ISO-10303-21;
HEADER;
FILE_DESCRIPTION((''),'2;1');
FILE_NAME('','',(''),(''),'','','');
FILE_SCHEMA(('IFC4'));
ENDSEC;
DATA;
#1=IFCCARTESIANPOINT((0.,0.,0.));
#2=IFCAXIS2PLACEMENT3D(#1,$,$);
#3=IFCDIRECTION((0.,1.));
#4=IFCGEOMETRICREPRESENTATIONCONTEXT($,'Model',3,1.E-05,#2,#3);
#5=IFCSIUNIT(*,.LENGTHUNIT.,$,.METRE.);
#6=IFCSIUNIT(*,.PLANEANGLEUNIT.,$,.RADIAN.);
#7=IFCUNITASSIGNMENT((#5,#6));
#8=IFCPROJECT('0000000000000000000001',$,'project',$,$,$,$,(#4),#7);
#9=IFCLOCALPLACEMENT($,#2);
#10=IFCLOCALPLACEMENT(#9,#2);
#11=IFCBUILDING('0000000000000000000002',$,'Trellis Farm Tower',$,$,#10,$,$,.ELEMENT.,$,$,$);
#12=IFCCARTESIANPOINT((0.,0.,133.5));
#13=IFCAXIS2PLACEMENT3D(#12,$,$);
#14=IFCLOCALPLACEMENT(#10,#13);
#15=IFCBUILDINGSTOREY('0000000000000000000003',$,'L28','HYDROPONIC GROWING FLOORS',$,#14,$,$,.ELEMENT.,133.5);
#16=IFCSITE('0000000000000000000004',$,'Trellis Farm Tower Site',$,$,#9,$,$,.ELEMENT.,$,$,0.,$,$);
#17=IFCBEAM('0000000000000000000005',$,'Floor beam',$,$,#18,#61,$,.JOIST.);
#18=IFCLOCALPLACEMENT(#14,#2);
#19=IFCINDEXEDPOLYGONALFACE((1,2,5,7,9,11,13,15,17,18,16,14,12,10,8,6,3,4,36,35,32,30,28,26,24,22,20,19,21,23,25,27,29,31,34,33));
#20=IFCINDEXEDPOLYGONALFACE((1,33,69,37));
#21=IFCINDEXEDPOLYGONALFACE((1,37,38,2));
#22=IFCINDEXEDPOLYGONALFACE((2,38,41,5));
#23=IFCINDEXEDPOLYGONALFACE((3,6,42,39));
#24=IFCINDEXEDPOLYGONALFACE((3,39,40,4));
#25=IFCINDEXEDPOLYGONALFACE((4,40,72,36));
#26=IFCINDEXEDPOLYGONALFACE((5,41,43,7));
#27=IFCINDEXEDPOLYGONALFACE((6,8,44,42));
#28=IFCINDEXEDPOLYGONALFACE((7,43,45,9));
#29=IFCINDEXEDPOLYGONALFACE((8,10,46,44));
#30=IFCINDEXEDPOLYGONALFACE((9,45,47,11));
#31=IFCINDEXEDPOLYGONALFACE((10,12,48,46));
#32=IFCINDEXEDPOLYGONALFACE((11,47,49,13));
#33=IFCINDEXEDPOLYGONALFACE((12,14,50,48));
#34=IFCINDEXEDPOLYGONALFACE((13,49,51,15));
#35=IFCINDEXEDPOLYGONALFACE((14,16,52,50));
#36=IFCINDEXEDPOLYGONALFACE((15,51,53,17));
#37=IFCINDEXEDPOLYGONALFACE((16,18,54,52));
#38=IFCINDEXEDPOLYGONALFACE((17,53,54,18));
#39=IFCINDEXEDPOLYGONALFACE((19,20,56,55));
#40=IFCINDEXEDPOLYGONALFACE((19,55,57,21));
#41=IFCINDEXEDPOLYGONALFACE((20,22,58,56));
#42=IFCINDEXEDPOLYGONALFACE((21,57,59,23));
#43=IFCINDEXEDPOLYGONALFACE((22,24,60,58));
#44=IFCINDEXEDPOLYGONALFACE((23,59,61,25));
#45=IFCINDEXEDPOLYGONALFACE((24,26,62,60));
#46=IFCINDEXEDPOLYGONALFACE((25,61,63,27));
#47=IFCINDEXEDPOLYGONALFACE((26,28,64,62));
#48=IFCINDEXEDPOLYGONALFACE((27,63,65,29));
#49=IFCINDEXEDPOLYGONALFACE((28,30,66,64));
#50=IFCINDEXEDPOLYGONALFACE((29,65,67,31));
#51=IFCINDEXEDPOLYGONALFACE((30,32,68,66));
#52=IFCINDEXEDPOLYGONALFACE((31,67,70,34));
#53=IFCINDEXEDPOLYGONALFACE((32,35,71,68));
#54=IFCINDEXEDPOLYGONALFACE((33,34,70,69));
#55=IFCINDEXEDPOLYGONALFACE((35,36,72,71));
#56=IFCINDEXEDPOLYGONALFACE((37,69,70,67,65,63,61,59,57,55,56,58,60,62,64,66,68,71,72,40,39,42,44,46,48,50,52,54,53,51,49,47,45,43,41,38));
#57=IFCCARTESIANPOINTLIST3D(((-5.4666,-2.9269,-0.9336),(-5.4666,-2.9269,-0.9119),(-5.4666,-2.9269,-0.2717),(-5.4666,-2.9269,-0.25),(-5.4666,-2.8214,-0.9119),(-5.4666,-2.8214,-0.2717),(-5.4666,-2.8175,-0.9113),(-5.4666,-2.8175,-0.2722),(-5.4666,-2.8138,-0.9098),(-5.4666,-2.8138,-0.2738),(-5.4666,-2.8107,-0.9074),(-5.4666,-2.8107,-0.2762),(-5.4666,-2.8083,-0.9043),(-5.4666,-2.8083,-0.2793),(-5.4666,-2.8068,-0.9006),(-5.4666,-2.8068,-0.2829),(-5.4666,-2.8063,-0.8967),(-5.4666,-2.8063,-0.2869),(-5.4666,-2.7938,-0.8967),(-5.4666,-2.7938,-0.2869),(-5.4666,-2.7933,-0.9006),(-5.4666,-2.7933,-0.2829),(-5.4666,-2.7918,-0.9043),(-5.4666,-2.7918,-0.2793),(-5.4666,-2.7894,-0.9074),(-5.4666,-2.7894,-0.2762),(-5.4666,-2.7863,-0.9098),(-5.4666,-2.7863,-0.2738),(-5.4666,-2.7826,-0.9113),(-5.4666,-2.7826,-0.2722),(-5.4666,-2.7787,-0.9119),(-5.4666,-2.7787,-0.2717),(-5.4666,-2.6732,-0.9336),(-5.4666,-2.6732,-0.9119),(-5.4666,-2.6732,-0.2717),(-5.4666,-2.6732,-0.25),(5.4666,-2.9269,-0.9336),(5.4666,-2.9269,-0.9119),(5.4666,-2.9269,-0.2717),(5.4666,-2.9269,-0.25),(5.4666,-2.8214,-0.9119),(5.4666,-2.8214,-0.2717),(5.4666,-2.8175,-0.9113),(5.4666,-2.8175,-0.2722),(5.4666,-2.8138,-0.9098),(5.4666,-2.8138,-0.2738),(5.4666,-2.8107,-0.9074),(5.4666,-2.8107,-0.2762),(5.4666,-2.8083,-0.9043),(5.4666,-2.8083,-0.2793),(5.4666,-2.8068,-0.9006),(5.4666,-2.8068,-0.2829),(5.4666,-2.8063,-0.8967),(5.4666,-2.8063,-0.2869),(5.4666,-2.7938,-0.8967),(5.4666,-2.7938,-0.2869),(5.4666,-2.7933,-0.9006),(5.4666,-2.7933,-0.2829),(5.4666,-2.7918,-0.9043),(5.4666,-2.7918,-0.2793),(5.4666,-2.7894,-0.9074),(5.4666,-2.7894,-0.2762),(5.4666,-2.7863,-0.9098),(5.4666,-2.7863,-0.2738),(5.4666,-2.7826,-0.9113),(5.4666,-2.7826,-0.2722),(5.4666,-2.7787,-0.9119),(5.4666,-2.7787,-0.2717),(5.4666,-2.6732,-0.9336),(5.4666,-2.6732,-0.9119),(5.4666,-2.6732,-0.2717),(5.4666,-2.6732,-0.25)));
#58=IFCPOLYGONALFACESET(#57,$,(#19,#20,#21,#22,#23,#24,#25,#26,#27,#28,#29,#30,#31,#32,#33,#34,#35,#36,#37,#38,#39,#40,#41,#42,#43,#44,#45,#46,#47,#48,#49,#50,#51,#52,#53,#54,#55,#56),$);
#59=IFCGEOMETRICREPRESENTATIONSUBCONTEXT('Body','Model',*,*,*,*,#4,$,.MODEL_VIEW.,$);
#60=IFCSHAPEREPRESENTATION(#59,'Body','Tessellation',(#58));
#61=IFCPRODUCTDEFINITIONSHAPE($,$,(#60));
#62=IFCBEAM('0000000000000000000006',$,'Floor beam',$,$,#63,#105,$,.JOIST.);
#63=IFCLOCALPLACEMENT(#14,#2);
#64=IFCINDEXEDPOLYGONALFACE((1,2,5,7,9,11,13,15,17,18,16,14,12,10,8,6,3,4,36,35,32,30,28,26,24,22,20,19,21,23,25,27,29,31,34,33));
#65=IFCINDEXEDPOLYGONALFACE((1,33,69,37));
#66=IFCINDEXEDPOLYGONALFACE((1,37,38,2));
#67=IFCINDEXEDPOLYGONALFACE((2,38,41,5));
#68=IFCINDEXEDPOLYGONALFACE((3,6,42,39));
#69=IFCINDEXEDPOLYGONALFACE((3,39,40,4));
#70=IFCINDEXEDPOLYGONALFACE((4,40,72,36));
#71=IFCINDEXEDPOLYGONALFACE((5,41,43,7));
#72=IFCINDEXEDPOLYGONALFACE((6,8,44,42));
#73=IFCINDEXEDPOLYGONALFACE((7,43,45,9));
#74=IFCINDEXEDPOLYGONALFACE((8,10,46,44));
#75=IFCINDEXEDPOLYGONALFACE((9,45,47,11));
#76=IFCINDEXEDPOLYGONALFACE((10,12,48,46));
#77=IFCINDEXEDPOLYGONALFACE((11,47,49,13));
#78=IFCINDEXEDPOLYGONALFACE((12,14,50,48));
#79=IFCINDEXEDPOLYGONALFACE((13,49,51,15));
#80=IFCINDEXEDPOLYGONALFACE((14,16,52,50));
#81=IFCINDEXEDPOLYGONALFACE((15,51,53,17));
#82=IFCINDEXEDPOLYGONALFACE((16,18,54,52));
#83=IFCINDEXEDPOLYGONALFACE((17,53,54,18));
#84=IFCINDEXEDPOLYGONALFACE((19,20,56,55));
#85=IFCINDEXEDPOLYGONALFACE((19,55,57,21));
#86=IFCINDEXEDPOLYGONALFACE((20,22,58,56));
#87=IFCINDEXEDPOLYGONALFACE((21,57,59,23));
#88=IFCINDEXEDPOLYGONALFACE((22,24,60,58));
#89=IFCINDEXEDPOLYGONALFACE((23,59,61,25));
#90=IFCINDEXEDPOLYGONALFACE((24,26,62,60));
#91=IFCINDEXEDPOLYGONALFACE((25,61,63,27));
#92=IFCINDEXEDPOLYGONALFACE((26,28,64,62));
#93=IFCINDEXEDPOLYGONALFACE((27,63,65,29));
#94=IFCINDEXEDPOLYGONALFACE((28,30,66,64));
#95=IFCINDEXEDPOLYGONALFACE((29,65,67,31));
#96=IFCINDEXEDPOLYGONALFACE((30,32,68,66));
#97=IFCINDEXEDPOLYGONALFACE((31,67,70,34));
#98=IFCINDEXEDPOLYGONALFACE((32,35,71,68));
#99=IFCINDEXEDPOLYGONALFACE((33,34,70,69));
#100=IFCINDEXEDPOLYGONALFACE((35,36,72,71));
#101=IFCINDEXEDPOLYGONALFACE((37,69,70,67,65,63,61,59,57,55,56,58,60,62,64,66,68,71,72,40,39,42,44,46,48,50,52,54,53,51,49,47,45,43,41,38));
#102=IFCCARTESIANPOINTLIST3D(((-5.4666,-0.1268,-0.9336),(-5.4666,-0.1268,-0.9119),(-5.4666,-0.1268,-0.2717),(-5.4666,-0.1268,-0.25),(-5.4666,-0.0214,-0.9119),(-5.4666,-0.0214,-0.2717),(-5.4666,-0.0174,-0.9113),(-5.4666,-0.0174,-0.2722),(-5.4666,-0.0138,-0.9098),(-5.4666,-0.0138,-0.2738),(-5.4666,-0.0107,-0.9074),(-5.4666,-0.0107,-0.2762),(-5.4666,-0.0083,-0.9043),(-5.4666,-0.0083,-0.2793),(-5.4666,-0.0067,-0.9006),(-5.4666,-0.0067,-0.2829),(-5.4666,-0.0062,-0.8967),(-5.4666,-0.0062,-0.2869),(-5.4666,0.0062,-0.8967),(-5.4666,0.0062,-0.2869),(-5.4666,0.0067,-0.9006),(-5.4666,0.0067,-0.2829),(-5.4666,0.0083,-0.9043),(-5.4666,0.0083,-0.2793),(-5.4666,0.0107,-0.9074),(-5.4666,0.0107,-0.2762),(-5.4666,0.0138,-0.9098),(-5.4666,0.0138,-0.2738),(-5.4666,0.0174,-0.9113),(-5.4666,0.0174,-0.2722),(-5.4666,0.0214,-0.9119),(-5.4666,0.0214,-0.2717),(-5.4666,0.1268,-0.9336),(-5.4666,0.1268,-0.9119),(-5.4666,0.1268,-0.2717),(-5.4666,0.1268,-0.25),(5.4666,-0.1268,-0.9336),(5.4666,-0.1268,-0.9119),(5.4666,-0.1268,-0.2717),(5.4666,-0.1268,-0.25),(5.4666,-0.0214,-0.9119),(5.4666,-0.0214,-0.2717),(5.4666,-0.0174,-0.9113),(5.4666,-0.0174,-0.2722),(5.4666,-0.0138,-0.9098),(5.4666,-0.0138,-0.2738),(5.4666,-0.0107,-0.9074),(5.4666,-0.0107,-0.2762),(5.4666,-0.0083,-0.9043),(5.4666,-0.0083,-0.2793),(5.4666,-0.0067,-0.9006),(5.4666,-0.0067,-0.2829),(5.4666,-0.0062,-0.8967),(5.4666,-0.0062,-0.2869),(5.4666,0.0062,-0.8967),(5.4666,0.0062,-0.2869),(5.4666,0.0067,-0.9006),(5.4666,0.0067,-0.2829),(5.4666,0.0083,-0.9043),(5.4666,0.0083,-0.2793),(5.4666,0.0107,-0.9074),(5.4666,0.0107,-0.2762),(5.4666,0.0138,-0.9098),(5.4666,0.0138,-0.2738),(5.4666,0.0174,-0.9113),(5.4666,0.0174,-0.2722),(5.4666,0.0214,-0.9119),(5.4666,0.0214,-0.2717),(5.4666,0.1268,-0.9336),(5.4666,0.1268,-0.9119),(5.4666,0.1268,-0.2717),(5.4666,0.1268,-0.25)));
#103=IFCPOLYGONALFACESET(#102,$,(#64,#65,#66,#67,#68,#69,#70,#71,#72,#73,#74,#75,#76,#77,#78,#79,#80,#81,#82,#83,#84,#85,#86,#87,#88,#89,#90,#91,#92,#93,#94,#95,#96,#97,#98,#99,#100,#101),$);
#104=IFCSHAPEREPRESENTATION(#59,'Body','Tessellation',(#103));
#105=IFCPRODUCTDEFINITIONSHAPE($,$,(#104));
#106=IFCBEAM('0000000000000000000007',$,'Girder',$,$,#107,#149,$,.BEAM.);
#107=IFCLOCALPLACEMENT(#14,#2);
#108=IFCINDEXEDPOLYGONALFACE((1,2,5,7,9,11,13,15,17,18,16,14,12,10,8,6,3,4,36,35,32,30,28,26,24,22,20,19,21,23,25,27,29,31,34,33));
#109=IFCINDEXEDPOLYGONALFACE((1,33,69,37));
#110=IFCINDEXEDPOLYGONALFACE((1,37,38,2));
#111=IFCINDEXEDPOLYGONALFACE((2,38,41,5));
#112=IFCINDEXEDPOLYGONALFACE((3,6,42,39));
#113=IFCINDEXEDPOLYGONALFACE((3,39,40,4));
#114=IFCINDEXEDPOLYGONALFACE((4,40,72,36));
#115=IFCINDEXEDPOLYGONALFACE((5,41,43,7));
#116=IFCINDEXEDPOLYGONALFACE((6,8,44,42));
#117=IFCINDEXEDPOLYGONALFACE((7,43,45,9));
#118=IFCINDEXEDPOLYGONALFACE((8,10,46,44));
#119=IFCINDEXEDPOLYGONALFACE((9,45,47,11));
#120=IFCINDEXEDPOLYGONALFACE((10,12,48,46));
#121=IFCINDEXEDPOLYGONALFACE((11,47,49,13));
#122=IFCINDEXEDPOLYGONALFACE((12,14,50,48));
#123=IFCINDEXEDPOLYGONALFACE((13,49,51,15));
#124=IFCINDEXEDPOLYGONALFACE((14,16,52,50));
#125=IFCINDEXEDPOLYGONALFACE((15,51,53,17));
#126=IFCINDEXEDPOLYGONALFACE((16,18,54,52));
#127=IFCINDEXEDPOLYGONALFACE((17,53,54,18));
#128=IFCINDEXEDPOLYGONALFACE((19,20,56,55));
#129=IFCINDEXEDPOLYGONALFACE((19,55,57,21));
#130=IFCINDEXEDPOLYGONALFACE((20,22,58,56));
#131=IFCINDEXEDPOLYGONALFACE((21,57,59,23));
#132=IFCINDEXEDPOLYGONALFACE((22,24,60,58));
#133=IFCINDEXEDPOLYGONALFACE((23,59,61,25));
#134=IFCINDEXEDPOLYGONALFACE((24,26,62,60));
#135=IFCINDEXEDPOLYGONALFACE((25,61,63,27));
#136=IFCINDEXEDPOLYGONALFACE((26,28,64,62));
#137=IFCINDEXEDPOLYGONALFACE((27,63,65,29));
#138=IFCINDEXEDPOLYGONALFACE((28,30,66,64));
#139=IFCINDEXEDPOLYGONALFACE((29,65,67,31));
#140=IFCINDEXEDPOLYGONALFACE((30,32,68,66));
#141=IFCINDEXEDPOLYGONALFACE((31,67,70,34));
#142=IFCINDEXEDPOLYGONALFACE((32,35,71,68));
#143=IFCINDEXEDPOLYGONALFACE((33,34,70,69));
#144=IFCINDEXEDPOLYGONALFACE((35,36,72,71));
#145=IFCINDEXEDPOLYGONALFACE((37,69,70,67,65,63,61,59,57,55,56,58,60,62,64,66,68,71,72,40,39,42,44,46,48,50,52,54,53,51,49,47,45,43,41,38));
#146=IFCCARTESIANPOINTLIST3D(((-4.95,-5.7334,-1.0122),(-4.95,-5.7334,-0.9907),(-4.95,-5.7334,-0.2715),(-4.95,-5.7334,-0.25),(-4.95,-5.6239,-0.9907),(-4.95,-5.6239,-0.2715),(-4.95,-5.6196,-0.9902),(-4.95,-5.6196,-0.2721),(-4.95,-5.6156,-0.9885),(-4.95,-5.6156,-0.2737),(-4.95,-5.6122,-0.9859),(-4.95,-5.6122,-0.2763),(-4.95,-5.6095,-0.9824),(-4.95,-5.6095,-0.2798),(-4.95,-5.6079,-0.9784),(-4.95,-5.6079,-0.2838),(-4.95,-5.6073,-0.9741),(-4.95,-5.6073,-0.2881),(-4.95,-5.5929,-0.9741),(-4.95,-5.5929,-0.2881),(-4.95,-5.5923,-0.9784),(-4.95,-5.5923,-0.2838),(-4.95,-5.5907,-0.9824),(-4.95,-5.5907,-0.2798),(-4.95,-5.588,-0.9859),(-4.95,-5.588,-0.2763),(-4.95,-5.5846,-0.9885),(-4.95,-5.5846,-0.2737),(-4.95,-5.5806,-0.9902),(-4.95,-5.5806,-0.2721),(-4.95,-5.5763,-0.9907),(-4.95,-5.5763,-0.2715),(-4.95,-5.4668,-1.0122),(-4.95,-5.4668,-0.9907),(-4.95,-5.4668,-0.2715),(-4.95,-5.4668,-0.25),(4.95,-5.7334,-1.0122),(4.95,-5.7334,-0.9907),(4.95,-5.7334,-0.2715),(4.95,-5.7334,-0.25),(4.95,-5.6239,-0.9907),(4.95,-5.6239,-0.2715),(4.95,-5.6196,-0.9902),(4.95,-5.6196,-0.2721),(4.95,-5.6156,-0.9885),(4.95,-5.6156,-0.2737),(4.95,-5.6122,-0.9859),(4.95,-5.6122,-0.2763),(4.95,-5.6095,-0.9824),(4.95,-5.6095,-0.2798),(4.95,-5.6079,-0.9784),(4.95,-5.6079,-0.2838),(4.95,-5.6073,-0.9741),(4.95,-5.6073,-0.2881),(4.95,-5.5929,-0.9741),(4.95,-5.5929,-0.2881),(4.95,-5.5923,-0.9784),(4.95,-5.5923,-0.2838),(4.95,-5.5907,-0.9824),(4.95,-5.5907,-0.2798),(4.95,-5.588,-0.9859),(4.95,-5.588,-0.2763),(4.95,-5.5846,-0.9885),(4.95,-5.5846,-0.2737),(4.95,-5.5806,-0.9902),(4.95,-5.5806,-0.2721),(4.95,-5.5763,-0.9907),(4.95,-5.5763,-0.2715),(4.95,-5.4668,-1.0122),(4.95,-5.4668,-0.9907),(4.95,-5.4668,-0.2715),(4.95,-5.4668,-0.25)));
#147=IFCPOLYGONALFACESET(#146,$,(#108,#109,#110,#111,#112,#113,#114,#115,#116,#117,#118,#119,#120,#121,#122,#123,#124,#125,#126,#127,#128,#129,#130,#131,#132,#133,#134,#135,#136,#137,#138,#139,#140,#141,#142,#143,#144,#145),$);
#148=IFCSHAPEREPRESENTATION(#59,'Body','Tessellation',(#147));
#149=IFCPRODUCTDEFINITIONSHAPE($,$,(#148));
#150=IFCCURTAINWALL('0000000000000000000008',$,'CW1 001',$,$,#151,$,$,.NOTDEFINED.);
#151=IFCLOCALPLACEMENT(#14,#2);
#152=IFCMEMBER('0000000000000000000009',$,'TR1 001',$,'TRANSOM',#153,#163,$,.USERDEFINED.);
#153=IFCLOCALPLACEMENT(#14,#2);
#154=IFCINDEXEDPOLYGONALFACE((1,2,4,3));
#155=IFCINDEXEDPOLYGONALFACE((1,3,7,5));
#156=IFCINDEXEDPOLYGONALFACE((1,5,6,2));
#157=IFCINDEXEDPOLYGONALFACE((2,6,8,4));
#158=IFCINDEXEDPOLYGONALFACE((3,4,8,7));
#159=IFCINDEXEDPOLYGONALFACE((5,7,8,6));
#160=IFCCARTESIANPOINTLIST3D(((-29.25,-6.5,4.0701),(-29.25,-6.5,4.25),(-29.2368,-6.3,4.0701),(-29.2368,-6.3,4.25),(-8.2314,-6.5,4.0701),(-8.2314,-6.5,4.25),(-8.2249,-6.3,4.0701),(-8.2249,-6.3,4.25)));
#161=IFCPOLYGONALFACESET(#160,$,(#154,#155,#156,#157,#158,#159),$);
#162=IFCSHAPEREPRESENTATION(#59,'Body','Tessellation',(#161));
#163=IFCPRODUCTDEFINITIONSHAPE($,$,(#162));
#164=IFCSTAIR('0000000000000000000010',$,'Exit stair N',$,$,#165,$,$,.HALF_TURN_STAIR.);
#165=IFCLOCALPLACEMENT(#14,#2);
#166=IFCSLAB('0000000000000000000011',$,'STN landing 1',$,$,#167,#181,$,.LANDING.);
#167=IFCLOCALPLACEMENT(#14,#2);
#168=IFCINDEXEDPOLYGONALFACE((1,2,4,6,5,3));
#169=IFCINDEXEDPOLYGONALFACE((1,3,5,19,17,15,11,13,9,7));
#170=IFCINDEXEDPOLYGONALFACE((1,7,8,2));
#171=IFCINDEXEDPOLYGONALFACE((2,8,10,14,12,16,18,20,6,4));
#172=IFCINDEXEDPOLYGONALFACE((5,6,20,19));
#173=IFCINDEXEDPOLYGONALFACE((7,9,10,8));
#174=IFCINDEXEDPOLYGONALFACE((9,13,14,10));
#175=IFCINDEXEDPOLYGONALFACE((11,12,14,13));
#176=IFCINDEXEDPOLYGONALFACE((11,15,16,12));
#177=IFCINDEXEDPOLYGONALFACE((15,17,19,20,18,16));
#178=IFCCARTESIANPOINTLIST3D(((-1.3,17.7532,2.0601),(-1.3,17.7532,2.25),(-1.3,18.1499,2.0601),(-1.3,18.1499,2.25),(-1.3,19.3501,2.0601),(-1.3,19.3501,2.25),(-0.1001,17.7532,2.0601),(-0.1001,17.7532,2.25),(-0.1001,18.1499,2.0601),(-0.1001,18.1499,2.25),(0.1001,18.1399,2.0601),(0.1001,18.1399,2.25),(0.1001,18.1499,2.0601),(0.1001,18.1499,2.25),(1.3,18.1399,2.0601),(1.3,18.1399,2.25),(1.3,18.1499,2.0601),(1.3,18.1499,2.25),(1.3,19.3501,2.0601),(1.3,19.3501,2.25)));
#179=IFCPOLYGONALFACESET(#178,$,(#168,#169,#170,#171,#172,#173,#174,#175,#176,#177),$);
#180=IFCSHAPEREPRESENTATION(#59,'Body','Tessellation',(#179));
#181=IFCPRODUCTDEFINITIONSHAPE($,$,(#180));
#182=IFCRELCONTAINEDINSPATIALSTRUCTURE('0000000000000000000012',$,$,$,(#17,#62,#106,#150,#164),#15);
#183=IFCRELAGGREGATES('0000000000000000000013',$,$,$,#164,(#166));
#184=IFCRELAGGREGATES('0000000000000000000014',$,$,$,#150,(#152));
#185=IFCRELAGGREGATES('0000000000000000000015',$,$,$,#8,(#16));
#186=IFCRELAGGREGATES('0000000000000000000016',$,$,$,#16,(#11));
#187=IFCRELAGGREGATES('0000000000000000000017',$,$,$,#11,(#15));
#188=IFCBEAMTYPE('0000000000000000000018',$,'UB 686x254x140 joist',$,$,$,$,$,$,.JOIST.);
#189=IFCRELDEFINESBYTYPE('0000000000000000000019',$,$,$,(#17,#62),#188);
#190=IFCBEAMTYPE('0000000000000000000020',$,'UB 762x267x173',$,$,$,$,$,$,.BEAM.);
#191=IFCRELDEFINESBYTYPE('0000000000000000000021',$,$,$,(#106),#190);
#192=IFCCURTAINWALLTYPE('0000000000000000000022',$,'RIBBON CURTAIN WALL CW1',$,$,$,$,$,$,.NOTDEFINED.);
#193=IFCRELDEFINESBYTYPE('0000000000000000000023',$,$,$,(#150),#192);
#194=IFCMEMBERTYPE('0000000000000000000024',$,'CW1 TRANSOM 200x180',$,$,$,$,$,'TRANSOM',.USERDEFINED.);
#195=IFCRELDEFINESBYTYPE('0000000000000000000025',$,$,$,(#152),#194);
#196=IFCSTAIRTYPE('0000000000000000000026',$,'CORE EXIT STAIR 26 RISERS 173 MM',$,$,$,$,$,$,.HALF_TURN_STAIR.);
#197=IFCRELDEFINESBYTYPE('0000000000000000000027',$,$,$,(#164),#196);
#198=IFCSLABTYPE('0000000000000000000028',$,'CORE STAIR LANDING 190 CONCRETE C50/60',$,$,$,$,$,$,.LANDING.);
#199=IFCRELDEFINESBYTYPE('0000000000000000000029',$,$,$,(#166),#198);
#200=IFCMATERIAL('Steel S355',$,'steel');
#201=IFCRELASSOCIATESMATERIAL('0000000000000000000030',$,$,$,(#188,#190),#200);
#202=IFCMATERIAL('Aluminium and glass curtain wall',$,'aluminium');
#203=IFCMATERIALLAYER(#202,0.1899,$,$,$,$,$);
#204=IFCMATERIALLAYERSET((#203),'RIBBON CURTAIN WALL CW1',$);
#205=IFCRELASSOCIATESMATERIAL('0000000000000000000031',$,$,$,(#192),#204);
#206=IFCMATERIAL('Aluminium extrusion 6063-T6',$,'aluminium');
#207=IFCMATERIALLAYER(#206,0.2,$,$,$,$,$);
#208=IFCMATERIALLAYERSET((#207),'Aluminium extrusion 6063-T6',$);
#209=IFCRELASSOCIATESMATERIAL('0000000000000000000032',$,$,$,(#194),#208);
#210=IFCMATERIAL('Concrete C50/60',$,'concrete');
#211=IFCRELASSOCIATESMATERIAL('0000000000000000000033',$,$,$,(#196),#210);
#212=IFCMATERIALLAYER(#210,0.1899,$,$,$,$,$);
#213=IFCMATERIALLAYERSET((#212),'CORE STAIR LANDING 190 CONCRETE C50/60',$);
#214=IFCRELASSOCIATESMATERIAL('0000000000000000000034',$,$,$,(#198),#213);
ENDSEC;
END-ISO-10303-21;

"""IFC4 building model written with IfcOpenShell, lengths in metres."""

from ifc_helpers import new_model, si_unit, direction, frame, origin, origin_2d, place, context, subcontext, project, spatial, polyline, i_section, outline, extrude, source, transform, mapped, material, layer, layer_set, material_profile, profile_set, type_object, element, aggregate, save


model = new_model("IFC4")

# Units and contexts
model_context = context("Model", 3, precision=1e-05, world=origin(), true_north=direction((0.0, 1.0)))
body_context = subcontext(model_context, "Body", "Model", "MODEL_VIEW")
ifc_project = project(units=[si_unit("LENGTHUNIT", "METRE"), si_unit("PLANEANGLEUNIT", "RADIAN")], contexts=[model_context])

# Site, building, storey
site_placement = place(None, origin())
site = spatial("IfcSite", under=ifc_project, at=site_placement, Name="Trellis Farm Tower Site", CompositionType="ELEMENT", RefElevation=0.0)
building_placement = place(site_placement, origin())
building = spatial("IfcBuilding", under=site, at=building_placement, Name="Trellis Farm Tower", CompositionType="ELEMENT")
storey_placement = place(building_placement, frame((0.0, 0.0, 133.5)))
storey = spatial("IfcBuildingStorey", under=building, at=storey_placement, Name="L28", Description="HYDROPONIC GROWING FLOORS", CompositionType="ELEMENT", Elevation=133.5)

# Beams
ifc_material_1 = material(Name="Steel S355", Category="steel")
ifc_material_profile_1 = material_profile(ifc_material_1, i_section(OverallWidth=0.2537, OverallDepth=0.6836, WebThickness=0.0125, FlangeThickness=0.0217, FilletRadius=0.0151, at=origin_2d()), Name="UB 686x254x140")
ifc_profile_set_1 = profile_set([ifc_material_profile_1], Name="Steel S355")
beam_type_1 = type_object("IfcBeamType", Name="UB 686x254x140 joist", PredefinedType="JOIST", material=ifc_profile_set_1)
shared_shape_1 = source(origin(), body_context, "Body", "SweptSolid", [
    extrude(i_section(OverallWidth=0.2537, OverallDepth=0.6836, WebThickness=0.0125, FlangeThickness=0.0217, FilletRadius=0.0151, at=origin_2d()), origin(), (0.0, 0.0, 1.0), 10.9331),
])
for number, where, z_axis, x_axis, name in (
    (1, (-5.4666, -2.8, -0.5918), (1.0, 0.0, 0.0), (0.0, 1.0, 0.0), "Floor beam"),
    (2, (-5.4666, 0.0, -0.5918), (1.0, 0.0, 0.0), (0.0, 1.0, 0.0), "Floor beam"),
):
    element("IfcBeam", number, at=place(storey_placement, frame(where, z_axis=z_axis, x_axis=x_axis)), inside=storey, type_object=beam_type_1, Name=name, PredefinedType="JOIST", context=body_context, shape_type="MappedRepresentation", body=[
        mapped(shared_shape_1, transform((0.0, 0.0, 0.0))),
    ])
ifc_material_profile_2 = material_profile(ifc_material_1, i_section(OverallWidth=0.2666, OverallDepth=0.7622, WebThickness=0.0144, FlangeThickness=0.0215, FilletRadius=0.0166, at=origin_2d()), Name="UB 762x267x173")
ifc_profile_set_2 = profile_set([ifc_material_profile_2], Name="Steel S355")
beam_type_2 = type_object("IfcBeamType", Name="UB 762x267x173", PredefinedType="BEAM", material=ifc_profile_set_2)
shared_shape_2 = source(origin(), body_context, "Body", "SweptSolid", [
    extrude(i_section(OverallWidth=0.2666, OverallDepth=0.7622, WebThickness=0.0144, FlangeThickness=0.0215, FilletRadius=0.0166, at=origin_2d()), origin(), (0.0, 0.0, 1.0), 9.8999),
])
beam_placement = place(storey_placement, frame((-4.95, -5.6001, -0.6311), z_axis=(1.0, 0.0, 0.0), x_axis=(0.0, 1.0, 0.0)))
element("IfcBeam", 3, at=beam_placement, inside=storey, type_object=beam_type_2, Name="Girder", PredefinedType="BEAM", context=body_context, shape_type="MappedRepresentation", body=[
    mapped(shared_shape_2, transform((0.0, 0.0, 0.0))),
])

# Curtain wall, member
ifc_material_2 = material(Name="Aluminium and glass curtain wall", Category="aluminium")
ifc_layer_1 = layer(ifc_material_2, 0.1899)
ifc_layer_set_1 = layer_set([ifc_layer_1], Name="RIBBON CURTAIN WALL CW1")
curtain_wall_type = type_object("IfcCurtainWallType", Name="RIBBON CURTAIN WALL CW1", PredefinedType="NOTDEFINED", material=ifc_layer_set_1)
placement_1 = place(storey_placement, origin())
curtain_wall = element("IfcCurtainWall", 4, at=placement_1, inside=storey, type_object=curtain_wall_type, Name="CW1 001", PredefinedType="NOTDEFINED")
ifc_material_3 = material(Name="Aluminium extrusion 6063-T6", Category="aluminium")
ifc_layer_2 = layer(ifc_material_3, 0.2)
ifc_layer_set_2 = layer_set([ifc_layer_2], Name="Aluminium extrusion 6063-T6")
member_type = type_object("IfcMemberType", Name="CW1 TRANSOM 200x180", ElementType="TRANSOM", PredefinedType="USERDEFINED", material=ifc_layer_set_2)
shared_shape_3 = source(origin(), body_context, "Body", "SweptSolid", [
    extrude(outline(polyline([(-29.25, -6.5), (-8.2314, -6.5), (-8.2249, -6.3), (-29.2368, -6.3), (-29.25, -6.5)])), origin(), (0.0, 0.0, 1.0), 0.1799),
])
member_placement = place(storey_placement, frame((0.0, 0.0, 4.0701)))
member = element("IfcMember", 5, at=member_placement, type_object=member_type, Name="TR1 001", ObjectType="TRANSOM", PredefinedType="USERDEFINED", context=body_context, shape_type="MappedRepresentation", body=[
    mapped(shared_shape_3, transform((0.0, 0.0, 0.0))),
])

# Stair, slab
ifc_material_4 = material(Name="Concrete C50/60", Category="concrete")
stair_type = type_object("IfcStairType", Name="CORE EXIT STAIR 26 RISERS 173 MM", PredefinedType="HALF_TURN_STAIR", material=ifc_material_4)
stair_1 = element("IfcStair", 6, at=placement_1, inside=storey, type_object=stair_type, Name="Exit stair N", PredefinedType="HALF_TURN_STAIR")
ifc_layer_3 = layer(ifc_material_4, 0.1899)
ifc_layer_set_3 = layer_set([ifc_layer_3], Name="CORE STAIR LANDING 190 CONCRETE C50/60")
slab_type_1 = type_object("IfcSlabType", Name="CORE STAIR LANDING 190 CONCRETE C50/60", PredefinedType="LANDING", material=ifc_layer_set_3)
shared_shape_4 = source(origin(), body_context, "Body", "SweptSolid", [
    extrude(outline(polyline([(-0.1001, 17.7532), (-1.3, 17.7532), (-1.3, 18.1499), (-1.3, 19.3501), (1.3, 19.3501), (1.3, 18.1499), (1.3, 18.1399), (0.1001, 18.1399), (0.1001, 18.1499), (-0.1001, 18.1499), (-0.1001, 17.7532)])), origin(), (0.0, 0.0, 1.0), 0.1899),
])
placement_2 = place(storey_placement, frame((0.0, 0.0, 2.0601)))
slab_1 = element("IfcSlab", 7, at=placement_2, type_object=slab_type_1, Name="STN landing 1", PredefinedType="LANDING", context=body_context, shape_type="MappedRepresentation", body=[
    mapped(shared_shape_4, transform((0.0, 0.0, 0.0))),
])
aggregate(stair_1, [slab_1])

aggregate(curtain_wall, [member])

save(model, "model.ifc")
